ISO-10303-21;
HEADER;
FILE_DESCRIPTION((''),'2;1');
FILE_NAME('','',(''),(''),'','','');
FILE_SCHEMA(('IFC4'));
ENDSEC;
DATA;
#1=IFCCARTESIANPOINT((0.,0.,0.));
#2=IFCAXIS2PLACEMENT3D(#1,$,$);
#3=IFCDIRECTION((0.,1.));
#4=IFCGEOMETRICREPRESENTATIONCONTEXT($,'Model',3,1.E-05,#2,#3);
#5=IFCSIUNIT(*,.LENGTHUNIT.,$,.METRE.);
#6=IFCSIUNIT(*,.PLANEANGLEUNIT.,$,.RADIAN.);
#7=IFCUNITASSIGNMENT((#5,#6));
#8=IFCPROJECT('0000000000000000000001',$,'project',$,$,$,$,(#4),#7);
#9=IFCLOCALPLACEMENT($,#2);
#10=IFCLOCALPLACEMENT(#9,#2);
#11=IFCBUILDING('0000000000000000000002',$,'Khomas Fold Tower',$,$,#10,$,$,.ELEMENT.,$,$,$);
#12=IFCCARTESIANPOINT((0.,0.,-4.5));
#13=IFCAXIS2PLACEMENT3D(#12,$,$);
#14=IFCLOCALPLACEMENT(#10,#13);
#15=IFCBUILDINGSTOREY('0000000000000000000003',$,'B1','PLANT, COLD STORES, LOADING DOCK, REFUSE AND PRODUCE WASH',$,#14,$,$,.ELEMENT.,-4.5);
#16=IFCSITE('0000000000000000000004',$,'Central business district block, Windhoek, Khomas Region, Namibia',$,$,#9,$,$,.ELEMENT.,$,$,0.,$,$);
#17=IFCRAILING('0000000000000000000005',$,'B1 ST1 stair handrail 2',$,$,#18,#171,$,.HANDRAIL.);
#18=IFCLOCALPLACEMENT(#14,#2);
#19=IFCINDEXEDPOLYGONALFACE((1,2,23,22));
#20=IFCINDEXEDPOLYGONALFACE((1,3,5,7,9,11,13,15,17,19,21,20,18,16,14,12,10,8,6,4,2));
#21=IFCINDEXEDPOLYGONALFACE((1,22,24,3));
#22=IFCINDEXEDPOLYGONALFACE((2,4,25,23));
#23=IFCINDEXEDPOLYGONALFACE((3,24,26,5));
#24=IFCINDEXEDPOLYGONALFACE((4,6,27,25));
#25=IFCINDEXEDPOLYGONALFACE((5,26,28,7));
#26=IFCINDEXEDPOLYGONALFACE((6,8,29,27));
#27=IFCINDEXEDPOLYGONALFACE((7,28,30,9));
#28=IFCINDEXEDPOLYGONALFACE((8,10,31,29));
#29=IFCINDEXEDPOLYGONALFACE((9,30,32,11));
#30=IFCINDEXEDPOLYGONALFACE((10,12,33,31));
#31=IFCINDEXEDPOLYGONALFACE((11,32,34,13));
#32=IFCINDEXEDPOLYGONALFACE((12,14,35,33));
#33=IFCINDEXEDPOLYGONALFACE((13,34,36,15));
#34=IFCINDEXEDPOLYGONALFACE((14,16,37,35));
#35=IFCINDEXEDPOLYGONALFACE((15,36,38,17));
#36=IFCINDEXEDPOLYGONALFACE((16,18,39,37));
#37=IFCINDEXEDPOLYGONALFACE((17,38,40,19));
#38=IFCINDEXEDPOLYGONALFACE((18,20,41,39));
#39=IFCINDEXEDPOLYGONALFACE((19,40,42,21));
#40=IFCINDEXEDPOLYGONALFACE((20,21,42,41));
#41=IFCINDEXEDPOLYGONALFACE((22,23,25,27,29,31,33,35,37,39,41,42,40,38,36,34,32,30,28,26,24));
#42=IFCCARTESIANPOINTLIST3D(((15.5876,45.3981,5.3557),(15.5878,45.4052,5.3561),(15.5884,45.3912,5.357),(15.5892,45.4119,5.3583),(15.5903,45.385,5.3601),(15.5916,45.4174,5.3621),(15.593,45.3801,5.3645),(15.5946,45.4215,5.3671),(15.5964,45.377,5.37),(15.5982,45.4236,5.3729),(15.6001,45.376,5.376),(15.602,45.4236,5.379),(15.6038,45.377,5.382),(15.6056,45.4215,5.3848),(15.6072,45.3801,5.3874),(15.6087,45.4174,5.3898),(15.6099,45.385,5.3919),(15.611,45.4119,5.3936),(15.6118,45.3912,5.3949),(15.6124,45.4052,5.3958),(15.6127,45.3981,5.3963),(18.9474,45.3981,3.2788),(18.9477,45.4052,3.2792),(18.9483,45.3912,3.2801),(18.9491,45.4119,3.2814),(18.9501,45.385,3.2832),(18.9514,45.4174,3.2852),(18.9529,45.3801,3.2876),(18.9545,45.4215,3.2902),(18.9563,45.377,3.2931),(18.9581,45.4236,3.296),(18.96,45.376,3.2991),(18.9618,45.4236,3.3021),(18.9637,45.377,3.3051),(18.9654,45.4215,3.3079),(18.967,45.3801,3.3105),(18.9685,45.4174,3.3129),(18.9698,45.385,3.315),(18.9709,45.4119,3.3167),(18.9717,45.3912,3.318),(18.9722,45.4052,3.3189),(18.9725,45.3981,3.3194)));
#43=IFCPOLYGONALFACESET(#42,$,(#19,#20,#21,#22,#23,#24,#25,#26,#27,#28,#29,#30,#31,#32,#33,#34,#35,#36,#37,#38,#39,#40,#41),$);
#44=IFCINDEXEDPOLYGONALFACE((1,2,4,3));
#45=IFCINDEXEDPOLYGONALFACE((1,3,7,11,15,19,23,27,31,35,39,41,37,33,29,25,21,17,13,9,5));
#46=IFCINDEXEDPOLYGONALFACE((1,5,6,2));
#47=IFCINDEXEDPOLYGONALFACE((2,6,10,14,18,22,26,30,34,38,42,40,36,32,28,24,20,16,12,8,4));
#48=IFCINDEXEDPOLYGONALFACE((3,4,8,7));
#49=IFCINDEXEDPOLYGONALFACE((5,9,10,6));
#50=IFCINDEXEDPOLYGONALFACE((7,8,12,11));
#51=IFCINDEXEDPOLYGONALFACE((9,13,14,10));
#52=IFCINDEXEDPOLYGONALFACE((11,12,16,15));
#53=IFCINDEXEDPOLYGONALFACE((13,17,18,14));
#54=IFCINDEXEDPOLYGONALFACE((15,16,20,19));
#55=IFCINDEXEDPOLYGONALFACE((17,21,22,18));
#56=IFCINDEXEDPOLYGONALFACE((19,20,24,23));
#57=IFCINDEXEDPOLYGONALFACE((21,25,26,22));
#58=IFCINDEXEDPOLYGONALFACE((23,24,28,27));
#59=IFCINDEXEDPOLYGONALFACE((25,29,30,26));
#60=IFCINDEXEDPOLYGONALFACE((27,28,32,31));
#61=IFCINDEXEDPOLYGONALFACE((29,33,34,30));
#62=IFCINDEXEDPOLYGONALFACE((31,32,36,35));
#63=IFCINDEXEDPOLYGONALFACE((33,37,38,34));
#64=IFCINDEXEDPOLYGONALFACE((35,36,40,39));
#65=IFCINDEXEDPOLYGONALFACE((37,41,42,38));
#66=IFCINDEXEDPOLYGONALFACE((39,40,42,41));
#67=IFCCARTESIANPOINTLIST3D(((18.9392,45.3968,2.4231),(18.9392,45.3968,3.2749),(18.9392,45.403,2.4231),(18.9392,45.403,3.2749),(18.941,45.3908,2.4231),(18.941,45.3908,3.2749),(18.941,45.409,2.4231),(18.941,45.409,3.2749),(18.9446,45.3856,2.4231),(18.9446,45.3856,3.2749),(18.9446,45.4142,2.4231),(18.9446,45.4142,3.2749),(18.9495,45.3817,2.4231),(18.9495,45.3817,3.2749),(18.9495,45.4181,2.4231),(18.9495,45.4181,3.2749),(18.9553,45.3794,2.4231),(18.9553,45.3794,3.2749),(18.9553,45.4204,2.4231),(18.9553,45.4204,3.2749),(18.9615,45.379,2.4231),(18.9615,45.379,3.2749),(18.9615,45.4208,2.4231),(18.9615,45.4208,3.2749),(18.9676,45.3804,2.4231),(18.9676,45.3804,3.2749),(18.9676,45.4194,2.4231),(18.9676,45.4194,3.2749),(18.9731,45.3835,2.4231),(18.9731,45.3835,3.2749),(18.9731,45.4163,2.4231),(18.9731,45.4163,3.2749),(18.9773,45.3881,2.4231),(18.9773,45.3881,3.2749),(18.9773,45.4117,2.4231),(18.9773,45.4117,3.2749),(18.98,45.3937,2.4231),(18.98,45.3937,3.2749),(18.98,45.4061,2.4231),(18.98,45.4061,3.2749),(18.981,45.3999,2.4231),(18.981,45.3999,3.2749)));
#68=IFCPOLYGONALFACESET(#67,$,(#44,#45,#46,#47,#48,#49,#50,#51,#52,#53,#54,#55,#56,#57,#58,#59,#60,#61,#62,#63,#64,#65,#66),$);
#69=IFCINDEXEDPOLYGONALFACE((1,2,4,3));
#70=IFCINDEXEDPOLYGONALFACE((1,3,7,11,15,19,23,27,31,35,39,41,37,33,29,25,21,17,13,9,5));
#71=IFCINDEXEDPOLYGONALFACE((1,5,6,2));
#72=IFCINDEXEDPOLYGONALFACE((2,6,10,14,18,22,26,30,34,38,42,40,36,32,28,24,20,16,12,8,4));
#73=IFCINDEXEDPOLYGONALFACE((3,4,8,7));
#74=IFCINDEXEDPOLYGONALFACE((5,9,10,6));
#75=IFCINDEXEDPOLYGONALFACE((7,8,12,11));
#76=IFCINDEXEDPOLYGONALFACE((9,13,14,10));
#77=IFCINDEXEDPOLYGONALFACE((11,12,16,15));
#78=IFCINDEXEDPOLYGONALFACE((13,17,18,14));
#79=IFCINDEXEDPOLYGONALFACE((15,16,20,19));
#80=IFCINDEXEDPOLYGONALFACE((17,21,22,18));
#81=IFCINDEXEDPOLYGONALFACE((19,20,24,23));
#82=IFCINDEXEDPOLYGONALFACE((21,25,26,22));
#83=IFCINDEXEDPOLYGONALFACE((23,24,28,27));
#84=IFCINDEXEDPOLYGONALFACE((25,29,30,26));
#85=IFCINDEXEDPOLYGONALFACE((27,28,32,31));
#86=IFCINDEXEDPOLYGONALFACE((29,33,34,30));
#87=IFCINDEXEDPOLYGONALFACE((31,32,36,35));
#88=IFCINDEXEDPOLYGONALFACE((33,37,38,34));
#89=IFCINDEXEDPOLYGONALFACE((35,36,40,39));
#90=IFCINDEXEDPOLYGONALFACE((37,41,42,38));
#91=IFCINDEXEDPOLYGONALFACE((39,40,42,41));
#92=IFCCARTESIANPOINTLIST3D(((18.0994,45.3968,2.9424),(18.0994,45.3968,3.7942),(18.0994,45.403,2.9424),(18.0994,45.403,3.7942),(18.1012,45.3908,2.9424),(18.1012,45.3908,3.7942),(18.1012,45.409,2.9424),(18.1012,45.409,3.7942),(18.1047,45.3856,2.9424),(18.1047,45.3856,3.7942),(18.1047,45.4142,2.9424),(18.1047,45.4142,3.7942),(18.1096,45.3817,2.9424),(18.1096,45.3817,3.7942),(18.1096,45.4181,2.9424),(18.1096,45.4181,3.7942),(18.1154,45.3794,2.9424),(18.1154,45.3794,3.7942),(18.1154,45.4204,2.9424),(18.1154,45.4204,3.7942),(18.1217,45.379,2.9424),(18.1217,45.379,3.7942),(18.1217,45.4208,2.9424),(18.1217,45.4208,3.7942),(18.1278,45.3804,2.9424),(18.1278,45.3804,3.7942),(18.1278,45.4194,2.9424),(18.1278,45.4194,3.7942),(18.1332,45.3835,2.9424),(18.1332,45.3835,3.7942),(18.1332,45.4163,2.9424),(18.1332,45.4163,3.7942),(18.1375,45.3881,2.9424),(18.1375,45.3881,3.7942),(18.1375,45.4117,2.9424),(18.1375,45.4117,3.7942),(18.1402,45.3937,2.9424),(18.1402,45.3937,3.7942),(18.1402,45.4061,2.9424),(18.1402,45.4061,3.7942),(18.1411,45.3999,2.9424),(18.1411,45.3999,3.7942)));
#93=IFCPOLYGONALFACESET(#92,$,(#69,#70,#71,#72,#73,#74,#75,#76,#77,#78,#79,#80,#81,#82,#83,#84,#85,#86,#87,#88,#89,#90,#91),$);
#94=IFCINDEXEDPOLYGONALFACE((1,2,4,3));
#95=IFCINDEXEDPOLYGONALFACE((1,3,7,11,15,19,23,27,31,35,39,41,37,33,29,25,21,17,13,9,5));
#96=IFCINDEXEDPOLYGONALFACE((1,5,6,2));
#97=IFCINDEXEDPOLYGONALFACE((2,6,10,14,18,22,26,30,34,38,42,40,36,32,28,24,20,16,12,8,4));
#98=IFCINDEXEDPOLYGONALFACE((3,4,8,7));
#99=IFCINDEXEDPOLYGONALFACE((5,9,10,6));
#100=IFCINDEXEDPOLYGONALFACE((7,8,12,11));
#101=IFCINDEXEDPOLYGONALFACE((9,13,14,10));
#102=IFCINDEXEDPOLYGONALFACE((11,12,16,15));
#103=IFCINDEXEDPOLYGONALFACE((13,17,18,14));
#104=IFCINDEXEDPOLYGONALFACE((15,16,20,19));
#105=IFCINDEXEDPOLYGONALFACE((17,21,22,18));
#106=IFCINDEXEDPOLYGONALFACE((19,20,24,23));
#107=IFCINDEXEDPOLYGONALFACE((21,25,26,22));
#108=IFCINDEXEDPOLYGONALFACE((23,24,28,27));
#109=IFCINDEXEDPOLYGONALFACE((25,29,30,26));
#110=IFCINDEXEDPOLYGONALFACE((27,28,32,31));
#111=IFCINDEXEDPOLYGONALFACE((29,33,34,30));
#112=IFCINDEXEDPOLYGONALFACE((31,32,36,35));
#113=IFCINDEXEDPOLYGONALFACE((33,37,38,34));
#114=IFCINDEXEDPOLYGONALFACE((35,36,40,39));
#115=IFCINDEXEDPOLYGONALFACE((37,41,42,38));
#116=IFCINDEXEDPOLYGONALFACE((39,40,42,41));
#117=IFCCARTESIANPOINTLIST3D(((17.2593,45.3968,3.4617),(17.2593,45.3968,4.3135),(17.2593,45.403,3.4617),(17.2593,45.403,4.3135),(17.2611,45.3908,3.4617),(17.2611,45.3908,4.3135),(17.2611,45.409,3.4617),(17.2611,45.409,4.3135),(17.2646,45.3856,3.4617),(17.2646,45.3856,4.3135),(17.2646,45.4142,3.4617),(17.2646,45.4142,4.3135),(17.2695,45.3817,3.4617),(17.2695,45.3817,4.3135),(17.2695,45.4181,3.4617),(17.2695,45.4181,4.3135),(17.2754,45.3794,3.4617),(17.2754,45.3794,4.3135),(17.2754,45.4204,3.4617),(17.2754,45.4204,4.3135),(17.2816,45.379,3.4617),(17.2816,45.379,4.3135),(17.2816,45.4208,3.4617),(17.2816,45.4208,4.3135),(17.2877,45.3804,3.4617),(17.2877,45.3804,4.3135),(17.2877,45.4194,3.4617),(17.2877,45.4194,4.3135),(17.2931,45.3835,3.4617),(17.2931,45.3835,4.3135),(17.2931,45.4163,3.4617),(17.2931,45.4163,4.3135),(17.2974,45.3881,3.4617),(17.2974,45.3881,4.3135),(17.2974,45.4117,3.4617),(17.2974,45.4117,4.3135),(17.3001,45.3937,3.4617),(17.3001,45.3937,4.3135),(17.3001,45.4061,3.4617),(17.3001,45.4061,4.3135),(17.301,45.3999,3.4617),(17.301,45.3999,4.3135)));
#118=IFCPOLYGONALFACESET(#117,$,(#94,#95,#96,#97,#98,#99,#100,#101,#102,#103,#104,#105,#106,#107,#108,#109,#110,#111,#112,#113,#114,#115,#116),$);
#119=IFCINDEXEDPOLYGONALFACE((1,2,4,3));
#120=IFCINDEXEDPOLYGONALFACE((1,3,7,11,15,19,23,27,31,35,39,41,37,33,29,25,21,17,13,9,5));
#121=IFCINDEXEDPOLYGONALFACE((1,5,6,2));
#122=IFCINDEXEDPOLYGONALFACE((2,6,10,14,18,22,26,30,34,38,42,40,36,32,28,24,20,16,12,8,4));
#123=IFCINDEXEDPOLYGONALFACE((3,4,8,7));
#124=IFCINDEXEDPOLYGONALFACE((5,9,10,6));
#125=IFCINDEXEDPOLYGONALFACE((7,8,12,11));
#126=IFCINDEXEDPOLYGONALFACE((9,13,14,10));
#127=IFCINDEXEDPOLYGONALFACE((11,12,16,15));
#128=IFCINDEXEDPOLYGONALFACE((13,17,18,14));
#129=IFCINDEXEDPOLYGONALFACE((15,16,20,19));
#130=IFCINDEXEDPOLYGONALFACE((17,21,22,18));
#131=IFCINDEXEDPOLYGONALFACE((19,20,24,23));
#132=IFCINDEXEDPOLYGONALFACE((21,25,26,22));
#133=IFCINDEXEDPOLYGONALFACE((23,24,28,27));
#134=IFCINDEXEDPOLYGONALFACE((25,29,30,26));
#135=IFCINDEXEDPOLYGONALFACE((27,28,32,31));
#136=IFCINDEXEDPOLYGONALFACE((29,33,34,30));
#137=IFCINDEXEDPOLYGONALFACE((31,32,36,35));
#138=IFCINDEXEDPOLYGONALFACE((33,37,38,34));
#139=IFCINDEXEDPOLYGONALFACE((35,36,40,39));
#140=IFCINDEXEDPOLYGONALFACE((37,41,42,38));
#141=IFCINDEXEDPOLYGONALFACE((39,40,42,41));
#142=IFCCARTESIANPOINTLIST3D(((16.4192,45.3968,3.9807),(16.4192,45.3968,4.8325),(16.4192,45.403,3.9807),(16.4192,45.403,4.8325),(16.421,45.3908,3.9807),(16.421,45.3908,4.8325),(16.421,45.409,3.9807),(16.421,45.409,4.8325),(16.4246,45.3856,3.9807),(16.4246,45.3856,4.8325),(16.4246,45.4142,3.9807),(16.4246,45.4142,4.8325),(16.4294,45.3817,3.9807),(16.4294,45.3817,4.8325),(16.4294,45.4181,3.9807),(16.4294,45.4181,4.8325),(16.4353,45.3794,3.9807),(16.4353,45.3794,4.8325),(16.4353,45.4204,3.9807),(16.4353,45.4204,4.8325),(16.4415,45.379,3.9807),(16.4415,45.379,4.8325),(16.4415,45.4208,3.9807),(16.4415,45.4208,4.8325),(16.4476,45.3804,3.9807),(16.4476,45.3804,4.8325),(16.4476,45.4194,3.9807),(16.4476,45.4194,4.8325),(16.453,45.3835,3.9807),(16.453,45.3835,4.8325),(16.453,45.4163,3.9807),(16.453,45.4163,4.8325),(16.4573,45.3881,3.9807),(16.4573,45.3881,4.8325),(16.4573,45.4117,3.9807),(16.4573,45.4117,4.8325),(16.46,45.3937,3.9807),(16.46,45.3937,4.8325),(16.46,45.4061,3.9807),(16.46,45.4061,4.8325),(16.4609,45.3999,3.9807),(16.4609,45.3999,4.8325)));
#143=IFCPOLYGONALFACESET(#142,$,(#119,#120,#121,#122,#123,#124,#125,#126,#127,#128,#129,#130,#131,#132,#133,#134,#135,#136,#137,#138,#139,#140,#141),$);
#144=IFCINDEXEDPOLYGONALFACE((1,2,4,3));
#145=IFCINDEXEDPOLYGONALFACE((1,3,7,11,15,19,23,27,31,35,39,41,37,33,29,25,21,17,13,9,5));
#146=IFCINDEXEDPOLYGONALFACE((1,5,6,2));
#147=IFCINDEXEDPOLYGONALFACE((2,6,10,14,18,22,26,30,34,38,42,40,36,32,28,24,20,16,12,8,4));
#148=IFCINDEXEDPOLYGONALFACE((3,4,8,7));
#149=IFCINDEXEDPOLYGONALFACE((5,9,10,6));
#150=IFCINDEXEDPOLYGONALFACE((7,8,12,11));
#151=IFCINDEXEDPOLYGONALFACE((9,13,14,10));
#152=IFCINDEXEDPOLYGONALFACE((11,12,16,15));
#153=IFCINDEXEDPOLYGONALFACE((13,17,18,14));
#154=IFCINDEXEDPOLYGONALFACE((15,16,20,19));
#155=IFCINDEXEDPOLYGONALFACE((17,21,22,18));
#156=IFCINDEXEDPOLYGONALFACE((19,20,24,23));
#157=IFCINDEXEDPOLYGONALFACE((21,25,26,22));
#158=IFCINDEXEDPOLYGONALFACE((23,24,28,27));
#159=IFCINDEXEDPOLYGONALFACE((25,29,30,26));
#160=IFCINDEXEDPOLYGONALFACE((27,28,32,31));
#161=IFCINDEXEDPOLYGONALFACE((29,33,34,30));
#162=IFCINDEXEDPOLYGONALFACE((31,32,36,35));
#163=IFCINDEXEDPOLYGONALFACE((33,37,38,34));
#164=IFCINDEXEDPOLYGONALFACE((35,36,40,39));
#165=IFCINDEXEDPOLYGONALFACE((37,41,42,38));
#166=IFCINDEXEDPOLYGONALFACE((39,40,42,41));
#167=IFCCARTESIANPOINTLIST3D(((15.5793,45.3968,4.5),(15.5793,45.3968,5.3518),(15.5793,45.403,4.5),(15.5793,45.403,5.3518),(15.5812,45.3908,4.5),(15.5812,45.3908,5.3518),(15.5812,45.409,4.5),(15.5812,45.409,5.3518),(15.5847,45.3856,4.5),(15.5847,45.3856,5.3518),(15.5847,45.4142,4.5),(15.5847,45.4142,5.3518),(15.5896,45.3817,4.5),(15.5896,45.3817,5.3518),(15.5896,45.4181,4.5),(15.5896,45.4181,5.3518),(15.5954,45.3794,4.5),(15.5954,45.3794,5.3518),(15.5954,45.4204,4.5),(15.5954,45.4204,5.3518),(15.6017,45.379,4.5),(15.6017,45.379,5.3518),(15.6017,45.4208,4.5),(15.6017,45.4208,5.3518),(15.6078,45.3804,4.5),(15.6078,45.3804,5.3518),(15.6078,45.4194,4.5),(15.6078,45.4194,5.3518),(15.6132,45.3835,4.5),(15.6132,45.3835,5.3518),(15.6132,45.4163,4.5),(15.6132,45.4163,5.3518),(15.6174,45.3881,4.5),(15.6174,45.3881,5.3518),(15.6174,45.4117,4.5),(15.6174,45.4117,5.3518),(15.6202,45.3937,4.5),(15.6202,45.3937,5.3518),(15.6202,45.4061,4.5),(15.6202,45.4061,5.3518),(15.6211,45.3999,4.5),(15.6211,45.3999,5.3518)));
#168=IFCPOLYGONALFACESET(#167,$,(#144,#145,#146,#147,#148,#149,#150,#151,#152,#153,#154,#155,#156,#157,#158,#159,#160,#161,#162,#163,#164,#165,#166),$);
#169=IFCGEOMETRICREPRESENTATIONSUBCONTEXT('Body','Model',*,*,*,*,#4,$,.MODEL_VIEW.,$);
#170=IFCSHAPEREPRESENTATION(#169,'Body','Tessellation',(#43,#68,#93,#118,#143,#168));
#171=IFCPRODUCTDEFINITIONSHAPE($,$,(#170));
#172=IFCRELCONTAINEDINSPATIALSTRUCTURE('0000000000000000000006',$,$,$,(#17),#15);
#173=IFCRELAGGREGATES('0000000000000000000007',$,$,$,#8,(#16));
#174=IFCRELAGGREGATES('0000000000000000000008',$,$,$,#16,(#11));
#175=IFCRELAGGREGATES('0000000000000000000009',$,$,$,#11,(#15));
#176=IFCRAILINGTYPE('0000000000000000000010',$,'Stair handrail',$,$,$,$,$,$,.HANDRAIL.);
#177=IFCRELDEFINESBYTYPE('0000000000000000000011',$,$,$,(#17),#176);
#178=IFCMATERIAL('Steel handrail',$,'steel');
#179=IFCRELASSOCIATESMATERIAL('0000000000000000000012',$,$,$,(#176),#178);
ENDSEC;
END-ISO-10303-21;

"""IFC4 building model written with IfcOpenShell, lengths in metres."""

from ifc_helpers import new_model, si_unit, direction, frame, origin, origin_2d, place, context, subcontext, project, spatial, circle, extrude, source, transform, mapped, material, type_object, element, save


model = new_model("IFC4")

# Units and contexts
model_context = context("Model", 3, precision=1e-05, world=origin(), true_north=direction((0.0, 1.0)))
body_context = subcontext(model_context, "Body", "Model", "MODEL_VIEW")
ifc_project = project(units=[si_unit("LENGTHUNIT", "METRE"), si_unit("PLANEANGLEUNIT", "RADIAN")], contexts=[model_context])

# Site, building, storey
site_placement = place(None, origin())
site = spatial("IfcSite", under=ifc_project, at=site_placement, Name="Central business district block, Windhoek, Khomas Region, Namibia", CompositionType="ELEMENT", RefElevation=0.0)
building_placement = place(site_placement, origin())
building = spatial("IfcBuilding", under=site, at=building_placement, Name="Khomas Fold Tower", CompositionType="ELEMENT")
storey_placement = place(building_placement, frame((0.0, 0.0, -4.5)))
storey = spatial("IfcBuildingStorey", under=building, at=storey_placement, Name="B1", Description="PLANT, COLD STORES, LOADING DOCK, REFUSE AND PRODUCE WASH", CompositionType="ELEMENT", Elevation=-4.5)

# Railing
ifc_material_1 = material(Name="Steel handrail", Category="steel")
railing_type_1 = type_object("IfcRailingType", Name="Stair handrail", PredefinedType="HANDRAIL", material=ifc_material_1)
shared_shape_1 = source(origin(), body_context, "Body", "SweptSolid", [
    extrude(circle(Radius=0.0239, at=origin_2d()), frame((0.0, 0.0, 0.876), z_axis=(-0.850606, 0.0, 0.525803), x_axis=(0.0, -1.0, 0.0)), (0.0, 0.0, 1.0), 3.95),
    extrude(circle(Radius=0.021, at=origin_2d()), origin(), (0.0, 0.0, 1.0), 0.8518),
    extrude(circle(Radius=0.021, at=origin_2d()), frame((-0.8398, 0.0, 0.5193)), (0.0, 0.0, 1.0), 0.8518),
    extrude(circle(Radius=0.021, at=origin_2d()), frame((-1.6799, 0.0, 1.0386)), (0.0, 0.0, 1.0), 0.8518),
    extrude(circle(Radius=0.021, at=origin_2d()), frame((-2.52, 0.0, 1.5576)), (0.0, 0.0, 1.0), 0.8518),
    extrude(circle(Radius=0.021, at=origin_2d()), frame((-3.3599, 0.0, 2.0769)), (0.0, 0.0, 1.0), 0.8518),
])
railing_1_placement = place(storey_placement, frame((18.96, 45.3999, 2.4231)))
element("IfcRailing", 1, at=railing_1_placement, inside=storey, type_object=railing_type_1, Name="B1 ST1 stair handrail 2", PredefinedType="HANDRAIL", context=body_context, shape_type="MappedRepresentation", body=[
    mapped(shared_shape_1, transform((0.0, 0.0, 0.0))),
])

save(model, "model.ifc")
